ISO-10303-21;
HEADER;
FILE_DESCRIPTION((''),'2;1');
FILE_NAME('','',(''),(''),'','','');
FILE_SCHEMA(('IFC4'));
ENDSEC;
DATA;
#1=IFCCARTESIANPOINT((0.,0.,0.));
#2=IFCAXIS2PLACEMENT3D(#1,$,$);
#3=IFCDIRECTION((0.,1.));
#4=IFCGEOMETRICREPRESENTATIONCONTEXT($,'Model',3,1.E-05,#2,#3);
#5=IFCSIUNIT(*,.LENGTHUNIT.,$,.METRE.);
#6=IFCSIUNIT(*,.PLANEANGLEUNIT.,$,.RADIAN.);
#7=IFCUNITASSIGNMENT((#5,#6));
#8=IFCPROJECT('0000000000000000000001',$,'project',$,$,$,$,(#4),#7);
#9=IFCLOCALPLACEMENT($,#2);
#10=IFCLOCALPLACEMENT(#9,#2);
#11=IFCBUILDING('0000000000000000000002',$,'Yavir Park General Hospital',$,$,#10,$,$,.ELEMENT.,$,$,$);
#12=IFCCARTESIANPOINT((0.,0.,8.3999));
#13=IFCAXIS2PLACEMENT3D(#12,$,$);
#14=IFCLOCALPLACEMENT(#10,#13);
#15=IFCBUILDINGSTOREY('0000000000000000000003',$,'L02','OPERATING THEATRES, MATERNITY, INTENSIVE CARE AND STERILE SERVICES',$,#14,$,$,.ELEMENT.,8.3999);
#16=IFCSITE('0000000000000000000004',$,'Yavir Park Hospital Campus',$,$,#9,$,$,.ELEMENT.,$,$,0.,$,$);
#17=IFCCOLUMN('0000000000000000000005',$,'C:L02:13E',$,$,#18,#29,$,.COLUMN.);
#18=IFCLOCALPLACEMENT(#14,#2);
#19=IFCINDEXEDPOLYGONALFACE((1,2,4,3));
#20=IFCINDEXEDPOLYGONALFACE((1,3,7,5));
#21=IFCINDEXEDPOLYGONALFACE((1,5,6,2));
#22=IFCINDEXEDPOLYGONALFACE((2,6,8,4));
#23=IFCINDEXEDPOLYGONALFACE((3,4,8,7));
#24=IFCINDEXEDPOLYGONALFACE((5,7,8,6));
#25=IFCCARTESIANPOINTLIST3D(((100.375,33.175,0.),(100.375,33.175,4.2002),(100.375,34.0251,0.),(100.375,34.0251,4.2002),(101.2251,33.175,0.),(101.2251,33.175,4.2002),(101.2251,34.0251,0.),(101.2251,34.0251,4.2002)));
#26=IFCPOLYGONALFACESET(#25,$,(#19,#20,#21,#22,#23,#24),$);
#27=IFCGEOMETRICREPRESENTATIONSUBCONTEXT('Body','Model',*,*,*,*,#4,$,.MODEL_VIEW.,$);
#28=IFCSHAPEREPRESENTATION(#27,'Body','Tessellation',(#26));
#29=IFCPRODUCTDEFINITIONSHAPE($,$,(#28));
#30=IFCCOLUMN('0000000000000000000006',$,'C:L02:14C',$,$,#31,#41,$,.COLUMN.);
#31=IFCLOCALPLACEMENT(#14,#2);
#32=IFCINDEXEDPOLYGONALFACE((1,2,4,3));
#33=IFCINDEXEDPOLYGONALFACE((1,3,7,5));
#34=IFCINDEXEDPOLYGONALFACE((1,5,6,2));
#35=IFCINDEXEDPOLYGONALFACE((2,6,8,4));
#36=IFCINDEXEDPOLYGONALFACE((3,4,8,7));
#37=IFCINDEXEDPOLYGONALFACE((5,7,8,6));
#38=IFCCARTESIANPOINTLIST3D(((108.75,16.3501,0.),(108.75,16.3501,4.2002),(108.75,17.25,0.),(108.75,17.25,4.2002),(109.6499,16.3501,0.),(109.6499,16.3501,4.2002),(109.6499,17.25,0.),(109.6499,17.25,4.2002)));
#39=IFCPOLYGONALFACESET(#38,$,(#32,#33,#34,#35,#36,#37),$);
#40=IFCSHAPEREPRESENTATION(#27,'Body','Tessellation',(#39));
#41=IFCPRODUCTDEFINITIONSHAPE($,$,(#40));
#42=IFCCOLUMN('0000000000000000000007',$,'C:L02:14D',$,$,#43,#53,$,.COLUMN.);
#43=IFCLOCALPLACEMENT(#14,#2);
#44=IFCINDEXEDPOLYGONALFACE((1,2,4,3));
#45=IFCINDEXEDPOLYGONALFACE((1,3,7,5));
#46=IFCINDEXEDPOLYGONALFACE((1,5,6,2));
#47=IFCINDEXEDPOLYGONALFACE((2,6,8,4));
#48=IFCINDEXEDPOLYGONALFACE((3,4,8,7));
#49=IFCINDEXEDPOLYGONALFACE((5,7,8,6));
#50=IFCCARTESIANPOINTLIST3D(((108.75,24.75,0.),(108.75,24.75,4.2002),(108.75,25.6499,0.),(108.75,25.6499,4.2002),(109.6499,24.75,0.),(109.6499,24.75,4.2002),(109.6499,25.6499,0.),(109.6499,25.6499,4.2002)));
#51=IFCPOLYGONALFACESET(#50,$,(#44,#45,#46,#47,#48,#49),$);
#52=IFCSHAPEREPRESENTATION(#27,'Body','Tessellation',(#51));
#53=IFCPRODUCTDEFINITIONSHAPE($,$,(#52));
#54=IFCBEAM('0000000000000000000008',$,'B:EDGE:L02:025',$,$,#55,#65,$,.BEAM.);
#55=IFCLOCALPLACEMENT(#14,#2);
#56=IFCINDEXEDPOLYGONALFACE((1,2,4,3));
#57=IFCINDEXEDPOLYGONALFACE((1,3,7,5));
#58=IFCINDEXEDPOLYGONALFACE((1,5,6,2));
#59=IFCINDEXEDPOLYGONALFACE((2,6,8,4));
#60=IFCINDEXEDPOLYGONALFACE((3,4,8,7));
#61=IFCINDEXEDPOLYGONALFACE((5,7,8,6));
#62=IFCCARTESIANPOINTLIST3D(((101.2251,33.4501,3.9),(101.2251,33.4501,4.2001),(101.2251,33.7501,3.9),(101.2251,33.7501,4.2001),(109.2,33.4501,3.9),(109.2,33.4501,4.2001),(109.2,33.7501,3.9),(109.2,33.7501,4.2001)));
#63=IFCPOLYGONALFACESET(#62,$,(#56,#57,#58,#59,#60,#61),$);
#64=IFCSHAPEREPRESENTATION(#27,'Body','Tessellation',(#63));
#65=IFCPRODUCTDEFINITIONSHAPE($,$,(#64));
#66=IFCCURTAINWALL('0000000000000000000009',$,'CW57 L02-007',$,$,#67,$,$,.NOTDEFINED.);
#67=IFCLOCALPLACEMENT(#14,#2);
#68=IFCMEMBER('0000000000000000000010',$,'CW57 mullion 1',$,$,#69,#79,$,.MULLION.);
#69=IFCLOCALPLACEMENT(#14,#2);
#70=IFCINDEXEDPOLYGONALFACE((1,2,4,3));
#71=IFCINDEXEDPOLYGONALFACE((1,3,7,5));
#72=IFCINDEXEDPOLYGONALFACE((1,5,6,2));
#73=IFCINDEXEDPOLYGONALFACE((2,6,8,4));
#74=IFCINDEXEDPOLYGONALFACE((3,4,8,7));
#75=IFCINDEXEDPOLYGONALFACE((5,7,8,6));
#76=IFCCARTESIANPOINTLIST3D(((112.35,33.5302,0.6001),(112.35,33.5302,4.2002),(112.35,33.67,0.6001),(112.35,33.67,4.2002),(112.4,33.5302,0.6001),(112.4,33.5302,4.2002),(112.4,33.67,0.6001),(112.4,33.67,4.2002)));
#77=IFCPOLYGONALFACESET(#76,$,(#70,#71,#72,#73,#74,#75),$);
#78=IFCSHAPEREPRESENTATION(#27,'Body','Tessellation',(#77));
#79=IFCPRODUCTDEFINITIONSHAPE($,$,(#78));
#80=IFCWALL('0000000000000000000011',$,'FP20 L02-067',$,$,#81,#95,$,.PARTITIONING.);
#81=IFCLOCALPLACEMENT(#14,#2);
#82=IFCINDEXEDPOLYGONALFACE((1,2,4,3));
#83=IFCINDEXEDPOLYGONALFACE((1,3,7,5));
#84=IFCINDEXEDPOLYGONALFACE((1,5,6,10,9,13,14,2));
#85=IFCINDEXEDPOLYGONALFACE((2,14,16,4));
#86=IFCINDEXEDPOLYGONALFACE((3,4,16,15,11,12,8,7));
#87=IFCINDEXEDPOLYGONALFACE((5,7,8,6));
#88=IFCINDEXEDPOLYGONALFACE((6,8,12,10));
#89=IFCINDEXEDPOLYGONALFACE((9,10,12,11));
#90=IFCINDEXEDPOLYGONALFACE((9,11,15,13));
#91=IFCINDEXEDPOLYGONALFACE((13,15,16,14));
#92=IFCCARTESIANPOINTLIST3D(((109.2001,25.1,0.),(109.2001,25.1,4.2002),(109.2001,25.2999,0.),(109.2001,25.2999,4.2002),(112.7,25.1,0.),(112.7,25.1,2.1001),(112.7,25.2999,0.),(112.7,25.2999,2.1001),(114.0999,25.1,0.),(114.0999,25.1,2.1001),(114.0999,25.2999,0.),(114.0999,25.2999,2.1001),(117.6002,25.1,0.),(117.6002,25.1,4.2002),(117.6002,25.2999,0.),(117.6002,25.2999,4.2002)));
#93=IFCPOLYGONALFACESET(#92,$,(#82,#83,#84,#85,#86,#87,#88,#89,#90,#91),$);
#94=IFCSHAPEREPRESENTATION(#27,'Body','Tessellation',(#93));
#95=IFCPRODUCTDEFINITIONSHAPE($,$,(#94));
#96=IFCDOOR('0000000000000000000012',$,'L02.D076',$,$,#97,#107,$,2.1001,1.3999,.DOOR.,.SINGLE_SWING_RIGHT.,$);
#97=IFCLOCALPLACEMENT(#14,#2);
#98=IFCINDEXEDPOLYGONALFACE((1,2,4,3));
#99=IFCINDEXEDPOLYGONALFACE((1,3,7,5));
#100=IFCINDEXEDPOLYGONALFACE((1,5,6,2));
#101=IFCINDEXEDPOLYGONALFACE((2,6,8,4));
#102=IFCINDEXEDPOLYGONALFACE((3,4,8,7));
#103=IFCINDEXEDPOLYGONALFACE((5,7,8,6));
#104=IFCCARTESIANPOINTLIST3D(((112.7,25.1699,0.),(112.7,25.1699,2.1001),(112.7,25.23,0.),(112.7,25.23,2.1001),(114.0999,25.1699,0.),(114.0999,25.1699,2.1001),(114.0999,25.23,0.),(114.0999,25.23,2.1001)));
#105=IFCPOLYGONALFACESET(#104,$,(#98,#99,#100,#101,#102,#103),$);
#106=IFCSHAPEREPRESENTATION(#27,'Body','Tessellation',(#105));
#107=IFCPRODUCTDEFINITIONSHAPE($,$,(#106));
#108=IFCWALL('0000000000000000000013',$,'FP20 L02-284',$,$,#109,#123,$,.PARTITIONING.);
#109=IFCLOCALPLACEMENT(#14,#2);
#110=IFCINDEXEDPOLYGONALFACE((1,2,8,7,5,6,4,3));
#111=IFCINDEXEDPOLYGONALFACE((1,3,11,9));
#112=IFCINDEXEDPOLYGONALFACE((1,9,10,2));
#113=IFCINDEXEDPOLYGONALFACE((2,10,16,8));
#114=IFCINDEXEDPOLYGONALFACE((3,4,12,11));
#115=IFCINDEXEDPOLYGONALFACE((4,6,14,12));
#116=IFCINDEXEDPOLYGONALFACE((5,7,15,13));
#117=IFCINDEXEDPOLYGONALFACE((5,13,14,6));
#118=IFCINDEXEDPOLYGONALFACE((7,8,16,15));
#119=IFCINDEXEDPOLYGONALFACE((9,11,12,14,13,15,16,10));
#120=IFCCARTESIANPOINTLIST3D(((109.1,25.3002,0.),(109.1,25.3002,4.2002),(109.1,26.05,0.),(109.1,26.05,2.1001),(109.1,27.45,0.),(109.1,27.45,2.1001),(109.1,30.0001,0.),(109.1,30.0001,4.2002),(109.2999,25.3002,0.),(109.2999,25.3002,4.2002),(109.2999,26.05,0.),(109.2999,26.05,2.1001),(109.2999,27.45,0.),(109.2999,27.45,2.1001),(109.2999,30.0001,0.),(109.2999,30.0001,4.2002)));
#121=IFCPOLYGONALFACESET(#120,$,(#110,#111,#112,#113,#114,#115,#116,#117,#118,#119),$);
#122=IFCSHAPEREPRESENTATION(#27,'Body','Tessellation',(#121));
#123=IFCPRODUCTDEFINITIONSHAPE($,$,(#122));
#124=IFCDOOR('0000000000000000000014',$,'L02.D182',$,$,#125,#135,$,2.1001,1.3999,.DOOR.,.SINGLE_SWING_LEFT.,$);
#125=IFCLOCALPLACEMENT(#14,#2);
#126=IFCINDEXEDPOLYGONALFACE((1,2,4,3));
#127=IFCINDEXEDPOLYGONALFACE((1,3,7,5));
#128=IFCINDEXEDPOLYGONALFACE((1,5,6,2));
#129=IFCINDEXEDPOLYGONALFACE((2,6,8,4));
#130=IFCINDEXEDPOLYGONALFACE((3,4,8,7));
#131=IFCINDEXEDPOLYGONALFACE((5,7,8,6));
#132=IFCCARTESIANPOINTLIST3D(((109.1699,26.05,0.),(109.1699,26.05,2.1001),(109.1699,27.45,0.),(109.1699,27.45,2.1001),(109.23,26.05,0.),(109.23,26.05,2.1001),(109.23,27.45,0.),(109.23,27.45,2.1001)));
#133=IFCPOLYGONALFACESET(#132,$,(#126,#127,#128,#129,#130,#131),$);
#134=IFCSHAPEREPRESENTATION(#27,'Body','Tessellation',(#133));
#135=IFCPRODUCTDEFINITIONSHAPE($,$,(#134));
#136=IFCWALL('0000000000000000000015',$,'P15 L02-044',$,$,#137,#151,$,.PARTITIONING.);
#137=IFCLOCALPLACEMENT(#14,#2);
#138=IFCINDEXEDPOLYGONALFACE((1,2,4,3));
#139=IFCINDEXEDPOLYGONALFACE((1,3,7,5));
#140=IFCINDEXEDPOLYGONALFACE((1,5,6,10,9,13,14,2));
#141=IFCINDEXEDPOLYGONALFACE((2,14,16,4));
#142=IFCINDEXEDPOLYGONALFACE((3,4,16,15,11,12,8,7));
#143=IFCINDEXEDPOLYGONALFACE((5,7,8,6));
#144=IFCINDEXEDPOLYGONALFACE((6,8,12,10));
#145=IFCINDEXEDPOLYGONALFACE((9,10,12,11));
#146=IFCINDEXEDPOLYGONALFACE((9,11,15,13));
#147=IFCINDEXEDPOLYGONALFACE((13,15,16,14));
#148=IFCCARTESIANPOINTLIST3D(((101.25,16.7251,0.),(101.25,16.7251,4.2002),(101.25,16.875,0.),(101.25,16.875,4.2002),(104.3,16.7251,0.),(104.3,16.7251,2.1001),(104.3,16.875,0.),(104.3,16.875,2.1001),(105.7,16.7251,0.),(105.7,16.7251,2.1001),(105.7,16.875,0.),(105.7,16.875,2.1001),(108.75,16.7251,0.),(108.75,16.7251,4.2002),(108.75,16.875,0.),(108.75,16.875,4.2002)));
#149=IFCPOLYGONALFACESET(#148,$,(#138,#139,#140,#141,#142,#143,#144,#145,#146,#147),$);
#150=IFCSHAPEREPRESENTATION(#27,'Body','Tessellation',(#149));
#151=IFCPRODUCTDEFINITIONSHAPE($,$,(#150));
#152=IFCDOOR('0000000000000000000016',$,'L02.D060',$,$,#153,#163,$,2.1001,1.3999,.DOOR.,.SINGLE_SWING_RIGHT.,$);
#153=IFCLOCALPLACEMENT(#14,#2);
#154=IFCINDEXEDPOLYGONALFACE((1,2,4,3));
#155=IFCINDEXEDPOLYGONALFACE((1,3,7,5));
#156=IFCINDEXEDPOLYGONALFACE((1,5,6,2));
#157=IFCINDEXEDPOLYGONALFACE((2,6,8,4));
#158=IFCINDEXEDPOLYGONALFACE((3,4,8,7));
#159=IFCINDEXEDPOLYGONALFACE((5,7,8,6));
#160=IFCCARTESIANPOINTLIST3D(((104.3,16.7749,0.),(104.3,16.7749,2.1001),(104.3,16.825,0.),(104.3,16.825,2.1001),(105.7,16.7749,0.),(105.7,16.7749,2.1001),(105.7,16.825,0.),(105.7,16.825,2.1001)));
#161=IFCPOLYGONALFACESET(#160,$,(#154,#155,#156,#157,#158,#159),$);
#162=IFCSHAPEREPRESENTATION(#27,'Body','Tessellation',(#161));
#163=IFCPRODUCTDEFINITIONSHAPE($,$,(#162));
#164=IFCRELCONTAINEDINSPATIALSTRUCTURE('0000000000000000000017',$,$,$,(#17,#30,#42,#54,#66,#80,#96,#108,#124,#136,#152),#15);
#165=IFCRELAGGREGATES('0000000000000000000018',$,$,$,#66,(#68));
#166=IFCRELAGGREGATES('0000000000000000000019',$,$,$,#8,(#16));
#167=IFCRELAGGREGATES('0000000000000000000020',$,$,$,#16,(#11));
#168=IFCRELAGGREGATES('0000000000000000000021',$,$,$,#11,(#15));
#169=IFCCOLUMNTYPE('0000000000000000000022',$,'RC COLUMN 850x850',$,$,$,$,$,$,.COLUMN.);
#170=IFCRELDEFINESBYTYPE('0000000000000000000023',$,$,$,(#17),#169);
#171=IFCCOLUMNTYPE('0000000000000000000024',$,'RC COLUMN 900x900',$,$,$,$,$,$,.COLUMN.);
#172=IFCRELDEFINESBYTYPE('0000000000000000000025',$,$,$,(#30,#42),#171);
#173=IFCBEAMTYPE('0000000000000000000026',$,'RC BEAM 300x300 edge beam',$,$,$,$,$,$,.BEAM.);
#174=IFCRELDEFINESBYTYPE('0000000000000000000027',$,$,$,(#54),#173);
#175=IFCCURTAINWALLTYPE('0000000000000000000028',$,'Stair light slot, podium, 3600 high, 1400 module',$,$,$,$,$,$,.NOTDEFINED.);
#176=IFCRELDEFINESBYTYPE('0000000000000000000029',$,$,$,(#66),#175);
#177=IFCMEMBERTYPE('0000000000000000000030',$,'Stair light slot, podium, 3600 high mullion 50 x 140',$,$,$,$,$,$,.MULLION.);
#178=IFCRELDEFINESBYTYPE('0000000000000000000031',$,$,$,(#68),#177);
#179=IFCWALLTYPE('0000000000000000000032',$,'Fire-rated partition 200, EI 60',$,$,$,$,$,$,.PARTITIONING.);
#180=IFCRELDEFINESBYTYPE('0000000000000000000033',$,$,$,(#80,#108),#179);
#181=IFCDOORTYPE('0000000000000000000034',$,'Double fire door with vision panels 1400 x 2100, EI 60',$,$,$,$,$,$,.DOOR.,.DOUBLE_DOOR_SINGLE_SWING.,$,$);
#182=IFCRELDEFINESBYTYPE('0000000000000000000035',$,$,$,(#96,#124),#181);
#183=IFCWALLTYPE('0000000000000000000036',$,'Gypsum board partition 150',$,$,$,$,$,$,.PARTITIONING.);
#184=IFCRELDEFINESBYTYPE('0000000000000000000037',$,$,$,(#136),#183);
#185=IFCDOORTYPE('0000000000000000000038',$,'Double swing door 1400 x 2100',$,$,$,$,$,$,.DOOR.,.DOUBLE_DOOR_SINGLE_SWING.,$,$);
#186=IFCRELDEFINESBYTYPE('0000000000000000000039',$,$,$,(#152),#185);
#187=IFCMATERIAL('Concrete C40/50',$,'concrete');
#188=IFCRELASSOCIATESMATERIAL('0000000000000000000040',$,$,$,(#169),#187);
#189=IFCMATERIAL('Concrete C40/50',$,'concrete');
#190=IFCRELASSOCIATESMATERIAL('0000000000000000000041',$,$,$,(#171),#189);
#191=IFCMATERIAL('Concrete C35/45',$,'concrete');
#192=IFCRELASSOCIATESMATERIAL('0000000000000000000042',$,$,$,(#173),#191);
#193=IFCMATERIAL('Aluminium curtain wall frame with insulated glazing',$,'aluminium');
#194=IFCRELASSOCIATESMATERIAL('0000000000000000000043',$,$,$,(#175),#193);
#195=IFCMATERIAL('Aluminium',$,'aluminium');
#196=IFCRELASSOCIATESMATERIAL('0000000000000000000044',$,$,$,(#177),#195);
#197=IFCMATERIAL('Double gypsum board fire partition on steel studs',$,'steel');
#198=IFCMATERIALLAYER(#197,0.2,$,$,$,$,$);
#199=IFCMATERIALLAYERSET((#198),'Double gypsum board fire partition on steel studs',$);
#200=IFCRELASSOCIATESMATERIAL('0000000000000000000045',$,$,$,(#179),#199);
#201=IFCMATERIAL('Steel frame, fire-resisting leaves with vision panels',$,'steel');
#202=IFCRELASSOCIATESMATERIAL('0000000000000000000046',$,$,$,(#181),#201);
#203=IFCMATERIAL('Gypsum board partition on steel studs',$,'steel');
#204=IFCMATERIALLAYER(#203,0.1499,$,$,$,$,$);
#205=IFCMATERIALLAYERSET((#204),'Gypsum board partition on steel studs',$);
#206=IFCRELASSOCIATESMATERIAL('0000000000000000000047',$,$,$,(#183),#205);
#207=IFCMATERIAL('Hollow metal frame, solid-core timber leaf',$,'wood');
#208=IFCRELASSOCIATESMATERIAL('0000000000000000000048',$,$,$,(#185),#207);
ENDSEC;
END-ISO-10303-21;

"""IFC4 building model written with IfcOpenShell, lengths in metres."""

from ifc_helpers import new_model, si_unit, direction, frame, frame_2d, origin, origin_2d, place, context, subcontext, project, spatial, rectangle, extrude, material, layer, layer_set, material_profile, profile_set, type_object, element, fill, aggregate, save


model = new_model("IFC4")

# Units and contexts
model_context = context("Model", 3, precision=1e-05, world=origin(), true_north=direction((0.0, 1.0)))
body_context = subcontext(model_context, "Body", "Model", "MODEL_VIEW")
ifc_project = project(units=[si_unit("LENGTHUNIT", "METRE"), si_unit("PLANEANGLEUNIT", "RADIAN")], contexts=[model_context])

# Site, building, storey
site_placement = place(None, origin())
site = spatial("IfcSite", under=ifc_project, at=site_placement, Name="Yavir Park Hospital Campus", CompositionType="ELEMENT", RefElevation=0.0)
building_placement = place(site_placement, origin())
building = spatial("IfcBuilding", under=site, at=building_placement, Name="Yavir Park General Hospital", CompositionType="ELEMENT")
storey_placement = place(building_placement, frame((0.0, 0.0, 8.3999)))
storey = spatial("IfcBuildingStorey", under=building, at=storey_placement, Name="L02", Description="OPERATING THEATRES, MATERNITY, INTENSIVE CARE AND STERILE SERVICES", CompositionType="ELEMENT", Elevation=8.3999)

# Columns
ifc_material_1 = material(Name="Concrete C40/50", Category="concrete")
ifc_material_profile_1 = material_profile(ifc_material_1, rectangle(XDim=0.8501, YDim=0.8501, at=origin_2d()), Name="RC850x850")
ifc_profile_set_1 = profile_set([ifc_material_profile_1], Name="Concrete C40/50")
column_type_1 = type_object("IfcColumnType", Name="RC COLUMN 850x850", PredefinedType="COLUMN", material=ifc_profile_set_1)
column_placement = place(storey_placement, frame((100.8, 33.6001, 0.0), z_axis=(0.0, 0.0, 1.0), x_axis=(1.0, 0.0, 0.0)))
element("IfcColumn", 1, at=column_placement, inside=storey, type_object=column_type_1, Name="C:L02:13E", PredefinedType="COLUMN", context=body_context, shape_type="SweptSolid", body=[
    extrude(rectangle(XDim=0.8501, YDim=0.8501, at=origin_2d()), origin(), (0.0, 0.0, 1.0), 4.2002),
])
ifc_material_2 = material(Name="Concrete C40/50", Category="concrete")
ifc_material_profile_2 = material_profile(ifc_material_2, rectangle(XDim=0.8999, YDim=0.8999, at=origin_2d()), Name="RC900x900")
ifc_profile_set_2 = profile_set([ifc_material_profile_2], Name="Concrete C40/50")
column_type_2 = type_object("IfcColumnType", Name="RC COLUMN 900x900", PredefinedType="COLUMN", material=ifc_profile_set_2)
for number, where, z_axis, x_axis, name in (
    (2, (109.2, 16.8, 0.0), (0.0, 0.0, 1.0), (1.0, 0.0, 0.0), "C:L02:14C"),
    (3, (109.2, 25.2, 0.0), (0.0, 0.0, 1.0), (1.0, 0.0, 0.0), "C:L02:14D"),
):
    element("IfcColumn", number, at=place(storey_placement, frame(where, z_axis=z_axis, x_axis=x_axis)), inside=storey, type_object=column_type_2, Name=name, PredefinedType="COLUMN", context=body_context, shape_type="SweptSolid", body=[
        extrude(rectangle(XDim=0.8999, YDim=0.8999, at=origin_2d()), origin(), (0.0, 0.0, 1.0), 4.2002),
    ])

# Beam
ifc_material_3 = material(Name="Concrete C35/45", Category="concrete")
ifc_material_profile_3 = material_profile(ifc_material_3, rectangle(XDim=0.3, YDim=0.3, at=origin_2d()), Name="RC300x300")
ifc_profile_set_3 = profile_set([ifc_material_profile_3], Name="Concrete C35/45")
beam_type = type_object("IfcBeamType", Name="RC BEAM 300x300 edge beam", PredefinedType="BEAM", material=ifc_profile_set_3)
beam_placement = place(storey_placement, frame((101.2251, 33.6001, 4.05), z_axis=(1.0, 0.0, 0.0), x_axis=(0.0, 1.0, 0.0)))
element("IfcBeam", 4, at=beam_placement, inside=storey, type_object=beam_type, Name="B:EDGE:L02:025", PredefinedType="BEAM", context=body_context, shape_type="SweptSolid", body=[
    extrude(rectangle(XDim=0.3, YDim=0.3, at=origin_2d()), origin(), (0.0, 0.0, 1.0), 7.9749),
])

# Curtain wall, member
ifc_material_4 = material(Name="Aluminium curtain wall frame with insulated glazing", Category="aluminium")
curtain_wall_type = type_object("IfcCurtainWallType", Name="Stair light slot, podium, 3600 high, 1400 module", PredefinedType="NOTDEFINED", material=ifc_material_4)
curtain_wall_placement = place(storey_placement, origin())
curtain_wall = element("IfcCurtainWall", 5, at=curtain_wall_placement, inside=storey, type_object=curtain_wall_type, Name="CW57 L02-007", PredefinedType="NOTDEFINED")
ifc_material_5 = material(Name="Aluminium", Category="aluminium")
ifc_material_profile_4 = material_profile(ifc_material_5, rectangle(XDim=0.1399, YDim=0.05, at=origin_2d()), Name="AL 50x140")
ifc_profile_set_4 = profile_set([ifc_material_profile_4], Name="Aluminium")
member_type = type_object("IfcMemberType", Name="Stair light slot, podium, 3600 high mullion 50 x 140", PredefinedType="MULLION", material=ifc_profile_set_4)
member_placement = place(storey_placement, frame((112.375, 33.6001, 0.6001), z_axis=(0.0, 0.0, 1.0), x_axis=(0.0, 1.0, 0.0)))
member = element("IfcMember", 6, at=member_placement, type_object=member_type, Name="CW57 mullion 1", PredefinedType="MULLION", context=body_context, shape_type="SweptSolid", body=[
    extrude(rectangle(XDim=0.1399, YDim=0.05, at=origin_2d()), origin(), (0.0, 0.0, 1.0), 3.6001),
])
aggregate(curtain_wall, [member])

# Walls, openings, doors
ifc_material_6 = material(Name="Double gypsum board fire partition on steel studs", Category="steel")
ifc_layer_1 = layer(ifc_material_6, 0.2)
ifc_layer_set_1 = layer_set([ifc_layer_1], Name="Double gypsum board fire partition on steel studs")
wall_type_1 = type_object("IfcWallType", Name="Fire-rated partition 200, EI 60", PredefinedType="PARTITIONING", material=ifc_layer_set_1)
wall_1_placement = place(storey_placement, frame((109.2, 25.2, 0.0), z_axis=(0.0, 0.0, 1.0), x_axis=(1.0, 0.0, 0.0)))
wall_1 = element("IfcWall", 7, at=wall_1_placement, inside=storey, type_object=wall_type_1, Name="FP20 L02-067", PredefinedType="PARTITIONING", context=body_context, shape_type="SweptSolid", body=[
    extrude(rectangle(XDim=8.4001, YDim=0.2, at=frame_2d((4.2002, 0.0))), origin(), (0.0, 0.0, 1.0), 4.2002),
])
opening_1_placement = place(wall_1_placement, frame((3.5, 0.0, 0.0)))
opening_1 = element("IfcOpeningElement", 8, at=opening_1_placement, cuts=wall_1, PredefinedType="OPENING", context=body_context, shape_type="SweptSolid", body=[
    extrude(rectangle(XDim=1.3999, YDim=2.1001, at=frame_2d((0.7, 1.05))), frame((0.0, 0.1099, 0.0), z_axis=(0.0, -1.0, 0.0), x_axis=(1.0, 0.0, 0.0)), (0.0, 0.0, 1.0), 0.22),
])
ifc_material_7 = material(Name="Steel frame, fire-resisting leaves with vision panels", Category="steel")
door_type_1 = type_object("IfcDoorType", Name="Double fire door with vision panels 1400 x 2100, EI 60", OperationType="DOUBLE_DOOR_SINGLE_SWING", PredefinedType="DOOR", material=ifc_material_7)
door_1_placement = place(opening_1_placement, origin())
door_1 = element("IfcDoor", 9, at=door_1_placement, inside=storey, type_object=door_type_1, Name="L02.D076", OperationType="SINGLE_SWING_RIGHT", OverallHeight=2.1001, OverallWidth=1.3999, PredefinedType="DOOR", context=body_context, shape_type="SweptSolid", body=[
    extrude(rectangle(XDim=1.3999, YDim=2.1001, at=frame_2d((0.7, 1.05))), frame((0.0, 0.03, 0.0), z_axis=(0.0, -1.0, 0.0), x_axis=(1.0, 0.0, 0.0)), (0.0, 0.0, 1.0), 0.0601),
])
fill(opening_1, door_1)
wall_2_placement = place(storey_placement, frame((109.2, 25.3, 0.0), z_axis=(0.0, 0.0, 1.0), x_axis=(0.0, 1.0, 0.0)))
wall_2 = element("IfcWall", 10, at=wall_2_placement, inside=storey, type_object=wall_type_1, Name="FP20 L02-284", PredefinedType="PARTITIONING", context=body_context, shape_type="SweptSolid", body=[
    extrude(rectangle(XDim=4.7, YDim=0.2, at=frame_2d((2.3501, 0.0))), origin(), (0.0, 0.0, 1.0), 4.2002),
])
opening_2_placement = place(wall_2_placement, frame((0.75, 0.0, 0.0)))
opening_2 = element("IfcOpeningElement", 11, at=opening_2_placement, cuts=wall_2, PredefinedType="OPENING", context=body_context, shape_type="SweptSolid", body=[
    extrude(rectangle(XDim=1.3999, YDim=2.1001, at=frame_2d((0.7, 1.05))), frame((0.0, 0.1099, 0.0), z_axis=(0.0, -1.0, 0.0), x_axis=(1.0, 0.0, 0.0)), (0.0, 0.0, 1.0), 0.22),
])
door_2_placement = place(opening_2_placement, origin())
door_2 = element("IfcDoor", 12, at=door_2_placement, inside=storey, type_object=door_type_1, Name="L02.D182", OperationType="SINGLE_SWING_LEFT", OverallHeight=2.1001, OverallWidth=1.3999, PredefinedType="DOOR", context=body_context, shape_type="SweptSolid", body=[
    extrude(rectangle(XDim=1.3999, YDim=2.1001, at=frame_2d((0.7, 1.05))), frame((0.0, 0.03, 0.0), z_axis=(0.0, -1.0, 0.0), x_axis=(1.0, 0.0, 0.0)), (0.0, 0.0, 1.0), 0.0601),
])
fill(opening_2, door_2)
ifc_material_8 = material(Name="Gypsum board partition on steel studs", Category="steel")
ifc_layer_2 = layer(ifc_material_8, 0.1499)
ifc_layer_set_2 = layer_set([ifc_layer_2], Name="Gypsum board partition on steel studs")
wall_type_2 = type_object("IfcWallType", Name="Gypsum board partition 150", PredefinedType="PARTITIONING", material=ifc_layer_set_2)
wall_3_placement = place(storey_placement, frame((101.25, 16.8, 0.0), z_axis=(0.0, 0.0, 1.0), x_axis=(1.0, 0.0, 0.0)))
wall_3 = element("IfcWall", 13, at=wall_3_placement, inside=storey, type_object=wall_type_2, Name="P15 L02-044", PredefinedType="PARTITIONING", context=body_context, shape_type="SweptSolid", body=[
    extrude(rectangle(XDim=7.5, YDim=0.1499, at=frame_2d((3.75, 0.0))), origin(), (0.0, 0.0, 1.0), 4.2002),
])
opening_3_placement = place(wall_3_placement, frame((3.05, 0.0, 0.0)))
opening_3 = element("IfcOpeningElement", 14, at=opening_3_placement, cuts=wall_3, PredefinedType="OPENING", context=body_context, shape_type="SweptSolid", body=[
    extrude(rectangle(XDim=1.3999, YDim=2.1001, at=frame_2d((0.7, 1.05))), frame((0.0, 0.085, 0.0), z_axis=(0.0, -1.0, 0.0), x_axis=(1.0, 0.0, 0.0)), (0.0, 0.0, 1.0), 0.1699),
])
ifc_material_9 = material(Name="Hollow metal frame, solid-core timber leaf", Category="wood")
door_type_2 = type_object("IfcDoorType", Name="Double swing door 1400 x 2100", OperationType="DOUBLE_DOOR_SINGLE_SWING", PredefinedType="DOOR", material=ifc_material_9)
door_3_placement = place(opening_3_placement, origin())
door_3 = element("IfcDoor", 15, at=door_3_placement, inside=storey, type_object=door_type_2, Name="L02.D060", OperationType="SINGLE_SWING_RIGHT", OverallHeight=2.1001, OverallWidth=1.3999, PredefinedType="DOOR", context=body_context, shape_type="SweptSolid", body=[
    extrude(rectangle(XDim=1.3999, YDim=2.1001, at=frame_2d((0.7, 1.05))), frame((0.0, 0.0249, 0.0), z_axis=(0.0, -1.0, 0.0), x_axis=(1.0, 0.0, 0.0)), (0.0, 0.0, 1.0), 0.05),
])
fill(opening_3, door_3)

save(model, "model.ifc")
